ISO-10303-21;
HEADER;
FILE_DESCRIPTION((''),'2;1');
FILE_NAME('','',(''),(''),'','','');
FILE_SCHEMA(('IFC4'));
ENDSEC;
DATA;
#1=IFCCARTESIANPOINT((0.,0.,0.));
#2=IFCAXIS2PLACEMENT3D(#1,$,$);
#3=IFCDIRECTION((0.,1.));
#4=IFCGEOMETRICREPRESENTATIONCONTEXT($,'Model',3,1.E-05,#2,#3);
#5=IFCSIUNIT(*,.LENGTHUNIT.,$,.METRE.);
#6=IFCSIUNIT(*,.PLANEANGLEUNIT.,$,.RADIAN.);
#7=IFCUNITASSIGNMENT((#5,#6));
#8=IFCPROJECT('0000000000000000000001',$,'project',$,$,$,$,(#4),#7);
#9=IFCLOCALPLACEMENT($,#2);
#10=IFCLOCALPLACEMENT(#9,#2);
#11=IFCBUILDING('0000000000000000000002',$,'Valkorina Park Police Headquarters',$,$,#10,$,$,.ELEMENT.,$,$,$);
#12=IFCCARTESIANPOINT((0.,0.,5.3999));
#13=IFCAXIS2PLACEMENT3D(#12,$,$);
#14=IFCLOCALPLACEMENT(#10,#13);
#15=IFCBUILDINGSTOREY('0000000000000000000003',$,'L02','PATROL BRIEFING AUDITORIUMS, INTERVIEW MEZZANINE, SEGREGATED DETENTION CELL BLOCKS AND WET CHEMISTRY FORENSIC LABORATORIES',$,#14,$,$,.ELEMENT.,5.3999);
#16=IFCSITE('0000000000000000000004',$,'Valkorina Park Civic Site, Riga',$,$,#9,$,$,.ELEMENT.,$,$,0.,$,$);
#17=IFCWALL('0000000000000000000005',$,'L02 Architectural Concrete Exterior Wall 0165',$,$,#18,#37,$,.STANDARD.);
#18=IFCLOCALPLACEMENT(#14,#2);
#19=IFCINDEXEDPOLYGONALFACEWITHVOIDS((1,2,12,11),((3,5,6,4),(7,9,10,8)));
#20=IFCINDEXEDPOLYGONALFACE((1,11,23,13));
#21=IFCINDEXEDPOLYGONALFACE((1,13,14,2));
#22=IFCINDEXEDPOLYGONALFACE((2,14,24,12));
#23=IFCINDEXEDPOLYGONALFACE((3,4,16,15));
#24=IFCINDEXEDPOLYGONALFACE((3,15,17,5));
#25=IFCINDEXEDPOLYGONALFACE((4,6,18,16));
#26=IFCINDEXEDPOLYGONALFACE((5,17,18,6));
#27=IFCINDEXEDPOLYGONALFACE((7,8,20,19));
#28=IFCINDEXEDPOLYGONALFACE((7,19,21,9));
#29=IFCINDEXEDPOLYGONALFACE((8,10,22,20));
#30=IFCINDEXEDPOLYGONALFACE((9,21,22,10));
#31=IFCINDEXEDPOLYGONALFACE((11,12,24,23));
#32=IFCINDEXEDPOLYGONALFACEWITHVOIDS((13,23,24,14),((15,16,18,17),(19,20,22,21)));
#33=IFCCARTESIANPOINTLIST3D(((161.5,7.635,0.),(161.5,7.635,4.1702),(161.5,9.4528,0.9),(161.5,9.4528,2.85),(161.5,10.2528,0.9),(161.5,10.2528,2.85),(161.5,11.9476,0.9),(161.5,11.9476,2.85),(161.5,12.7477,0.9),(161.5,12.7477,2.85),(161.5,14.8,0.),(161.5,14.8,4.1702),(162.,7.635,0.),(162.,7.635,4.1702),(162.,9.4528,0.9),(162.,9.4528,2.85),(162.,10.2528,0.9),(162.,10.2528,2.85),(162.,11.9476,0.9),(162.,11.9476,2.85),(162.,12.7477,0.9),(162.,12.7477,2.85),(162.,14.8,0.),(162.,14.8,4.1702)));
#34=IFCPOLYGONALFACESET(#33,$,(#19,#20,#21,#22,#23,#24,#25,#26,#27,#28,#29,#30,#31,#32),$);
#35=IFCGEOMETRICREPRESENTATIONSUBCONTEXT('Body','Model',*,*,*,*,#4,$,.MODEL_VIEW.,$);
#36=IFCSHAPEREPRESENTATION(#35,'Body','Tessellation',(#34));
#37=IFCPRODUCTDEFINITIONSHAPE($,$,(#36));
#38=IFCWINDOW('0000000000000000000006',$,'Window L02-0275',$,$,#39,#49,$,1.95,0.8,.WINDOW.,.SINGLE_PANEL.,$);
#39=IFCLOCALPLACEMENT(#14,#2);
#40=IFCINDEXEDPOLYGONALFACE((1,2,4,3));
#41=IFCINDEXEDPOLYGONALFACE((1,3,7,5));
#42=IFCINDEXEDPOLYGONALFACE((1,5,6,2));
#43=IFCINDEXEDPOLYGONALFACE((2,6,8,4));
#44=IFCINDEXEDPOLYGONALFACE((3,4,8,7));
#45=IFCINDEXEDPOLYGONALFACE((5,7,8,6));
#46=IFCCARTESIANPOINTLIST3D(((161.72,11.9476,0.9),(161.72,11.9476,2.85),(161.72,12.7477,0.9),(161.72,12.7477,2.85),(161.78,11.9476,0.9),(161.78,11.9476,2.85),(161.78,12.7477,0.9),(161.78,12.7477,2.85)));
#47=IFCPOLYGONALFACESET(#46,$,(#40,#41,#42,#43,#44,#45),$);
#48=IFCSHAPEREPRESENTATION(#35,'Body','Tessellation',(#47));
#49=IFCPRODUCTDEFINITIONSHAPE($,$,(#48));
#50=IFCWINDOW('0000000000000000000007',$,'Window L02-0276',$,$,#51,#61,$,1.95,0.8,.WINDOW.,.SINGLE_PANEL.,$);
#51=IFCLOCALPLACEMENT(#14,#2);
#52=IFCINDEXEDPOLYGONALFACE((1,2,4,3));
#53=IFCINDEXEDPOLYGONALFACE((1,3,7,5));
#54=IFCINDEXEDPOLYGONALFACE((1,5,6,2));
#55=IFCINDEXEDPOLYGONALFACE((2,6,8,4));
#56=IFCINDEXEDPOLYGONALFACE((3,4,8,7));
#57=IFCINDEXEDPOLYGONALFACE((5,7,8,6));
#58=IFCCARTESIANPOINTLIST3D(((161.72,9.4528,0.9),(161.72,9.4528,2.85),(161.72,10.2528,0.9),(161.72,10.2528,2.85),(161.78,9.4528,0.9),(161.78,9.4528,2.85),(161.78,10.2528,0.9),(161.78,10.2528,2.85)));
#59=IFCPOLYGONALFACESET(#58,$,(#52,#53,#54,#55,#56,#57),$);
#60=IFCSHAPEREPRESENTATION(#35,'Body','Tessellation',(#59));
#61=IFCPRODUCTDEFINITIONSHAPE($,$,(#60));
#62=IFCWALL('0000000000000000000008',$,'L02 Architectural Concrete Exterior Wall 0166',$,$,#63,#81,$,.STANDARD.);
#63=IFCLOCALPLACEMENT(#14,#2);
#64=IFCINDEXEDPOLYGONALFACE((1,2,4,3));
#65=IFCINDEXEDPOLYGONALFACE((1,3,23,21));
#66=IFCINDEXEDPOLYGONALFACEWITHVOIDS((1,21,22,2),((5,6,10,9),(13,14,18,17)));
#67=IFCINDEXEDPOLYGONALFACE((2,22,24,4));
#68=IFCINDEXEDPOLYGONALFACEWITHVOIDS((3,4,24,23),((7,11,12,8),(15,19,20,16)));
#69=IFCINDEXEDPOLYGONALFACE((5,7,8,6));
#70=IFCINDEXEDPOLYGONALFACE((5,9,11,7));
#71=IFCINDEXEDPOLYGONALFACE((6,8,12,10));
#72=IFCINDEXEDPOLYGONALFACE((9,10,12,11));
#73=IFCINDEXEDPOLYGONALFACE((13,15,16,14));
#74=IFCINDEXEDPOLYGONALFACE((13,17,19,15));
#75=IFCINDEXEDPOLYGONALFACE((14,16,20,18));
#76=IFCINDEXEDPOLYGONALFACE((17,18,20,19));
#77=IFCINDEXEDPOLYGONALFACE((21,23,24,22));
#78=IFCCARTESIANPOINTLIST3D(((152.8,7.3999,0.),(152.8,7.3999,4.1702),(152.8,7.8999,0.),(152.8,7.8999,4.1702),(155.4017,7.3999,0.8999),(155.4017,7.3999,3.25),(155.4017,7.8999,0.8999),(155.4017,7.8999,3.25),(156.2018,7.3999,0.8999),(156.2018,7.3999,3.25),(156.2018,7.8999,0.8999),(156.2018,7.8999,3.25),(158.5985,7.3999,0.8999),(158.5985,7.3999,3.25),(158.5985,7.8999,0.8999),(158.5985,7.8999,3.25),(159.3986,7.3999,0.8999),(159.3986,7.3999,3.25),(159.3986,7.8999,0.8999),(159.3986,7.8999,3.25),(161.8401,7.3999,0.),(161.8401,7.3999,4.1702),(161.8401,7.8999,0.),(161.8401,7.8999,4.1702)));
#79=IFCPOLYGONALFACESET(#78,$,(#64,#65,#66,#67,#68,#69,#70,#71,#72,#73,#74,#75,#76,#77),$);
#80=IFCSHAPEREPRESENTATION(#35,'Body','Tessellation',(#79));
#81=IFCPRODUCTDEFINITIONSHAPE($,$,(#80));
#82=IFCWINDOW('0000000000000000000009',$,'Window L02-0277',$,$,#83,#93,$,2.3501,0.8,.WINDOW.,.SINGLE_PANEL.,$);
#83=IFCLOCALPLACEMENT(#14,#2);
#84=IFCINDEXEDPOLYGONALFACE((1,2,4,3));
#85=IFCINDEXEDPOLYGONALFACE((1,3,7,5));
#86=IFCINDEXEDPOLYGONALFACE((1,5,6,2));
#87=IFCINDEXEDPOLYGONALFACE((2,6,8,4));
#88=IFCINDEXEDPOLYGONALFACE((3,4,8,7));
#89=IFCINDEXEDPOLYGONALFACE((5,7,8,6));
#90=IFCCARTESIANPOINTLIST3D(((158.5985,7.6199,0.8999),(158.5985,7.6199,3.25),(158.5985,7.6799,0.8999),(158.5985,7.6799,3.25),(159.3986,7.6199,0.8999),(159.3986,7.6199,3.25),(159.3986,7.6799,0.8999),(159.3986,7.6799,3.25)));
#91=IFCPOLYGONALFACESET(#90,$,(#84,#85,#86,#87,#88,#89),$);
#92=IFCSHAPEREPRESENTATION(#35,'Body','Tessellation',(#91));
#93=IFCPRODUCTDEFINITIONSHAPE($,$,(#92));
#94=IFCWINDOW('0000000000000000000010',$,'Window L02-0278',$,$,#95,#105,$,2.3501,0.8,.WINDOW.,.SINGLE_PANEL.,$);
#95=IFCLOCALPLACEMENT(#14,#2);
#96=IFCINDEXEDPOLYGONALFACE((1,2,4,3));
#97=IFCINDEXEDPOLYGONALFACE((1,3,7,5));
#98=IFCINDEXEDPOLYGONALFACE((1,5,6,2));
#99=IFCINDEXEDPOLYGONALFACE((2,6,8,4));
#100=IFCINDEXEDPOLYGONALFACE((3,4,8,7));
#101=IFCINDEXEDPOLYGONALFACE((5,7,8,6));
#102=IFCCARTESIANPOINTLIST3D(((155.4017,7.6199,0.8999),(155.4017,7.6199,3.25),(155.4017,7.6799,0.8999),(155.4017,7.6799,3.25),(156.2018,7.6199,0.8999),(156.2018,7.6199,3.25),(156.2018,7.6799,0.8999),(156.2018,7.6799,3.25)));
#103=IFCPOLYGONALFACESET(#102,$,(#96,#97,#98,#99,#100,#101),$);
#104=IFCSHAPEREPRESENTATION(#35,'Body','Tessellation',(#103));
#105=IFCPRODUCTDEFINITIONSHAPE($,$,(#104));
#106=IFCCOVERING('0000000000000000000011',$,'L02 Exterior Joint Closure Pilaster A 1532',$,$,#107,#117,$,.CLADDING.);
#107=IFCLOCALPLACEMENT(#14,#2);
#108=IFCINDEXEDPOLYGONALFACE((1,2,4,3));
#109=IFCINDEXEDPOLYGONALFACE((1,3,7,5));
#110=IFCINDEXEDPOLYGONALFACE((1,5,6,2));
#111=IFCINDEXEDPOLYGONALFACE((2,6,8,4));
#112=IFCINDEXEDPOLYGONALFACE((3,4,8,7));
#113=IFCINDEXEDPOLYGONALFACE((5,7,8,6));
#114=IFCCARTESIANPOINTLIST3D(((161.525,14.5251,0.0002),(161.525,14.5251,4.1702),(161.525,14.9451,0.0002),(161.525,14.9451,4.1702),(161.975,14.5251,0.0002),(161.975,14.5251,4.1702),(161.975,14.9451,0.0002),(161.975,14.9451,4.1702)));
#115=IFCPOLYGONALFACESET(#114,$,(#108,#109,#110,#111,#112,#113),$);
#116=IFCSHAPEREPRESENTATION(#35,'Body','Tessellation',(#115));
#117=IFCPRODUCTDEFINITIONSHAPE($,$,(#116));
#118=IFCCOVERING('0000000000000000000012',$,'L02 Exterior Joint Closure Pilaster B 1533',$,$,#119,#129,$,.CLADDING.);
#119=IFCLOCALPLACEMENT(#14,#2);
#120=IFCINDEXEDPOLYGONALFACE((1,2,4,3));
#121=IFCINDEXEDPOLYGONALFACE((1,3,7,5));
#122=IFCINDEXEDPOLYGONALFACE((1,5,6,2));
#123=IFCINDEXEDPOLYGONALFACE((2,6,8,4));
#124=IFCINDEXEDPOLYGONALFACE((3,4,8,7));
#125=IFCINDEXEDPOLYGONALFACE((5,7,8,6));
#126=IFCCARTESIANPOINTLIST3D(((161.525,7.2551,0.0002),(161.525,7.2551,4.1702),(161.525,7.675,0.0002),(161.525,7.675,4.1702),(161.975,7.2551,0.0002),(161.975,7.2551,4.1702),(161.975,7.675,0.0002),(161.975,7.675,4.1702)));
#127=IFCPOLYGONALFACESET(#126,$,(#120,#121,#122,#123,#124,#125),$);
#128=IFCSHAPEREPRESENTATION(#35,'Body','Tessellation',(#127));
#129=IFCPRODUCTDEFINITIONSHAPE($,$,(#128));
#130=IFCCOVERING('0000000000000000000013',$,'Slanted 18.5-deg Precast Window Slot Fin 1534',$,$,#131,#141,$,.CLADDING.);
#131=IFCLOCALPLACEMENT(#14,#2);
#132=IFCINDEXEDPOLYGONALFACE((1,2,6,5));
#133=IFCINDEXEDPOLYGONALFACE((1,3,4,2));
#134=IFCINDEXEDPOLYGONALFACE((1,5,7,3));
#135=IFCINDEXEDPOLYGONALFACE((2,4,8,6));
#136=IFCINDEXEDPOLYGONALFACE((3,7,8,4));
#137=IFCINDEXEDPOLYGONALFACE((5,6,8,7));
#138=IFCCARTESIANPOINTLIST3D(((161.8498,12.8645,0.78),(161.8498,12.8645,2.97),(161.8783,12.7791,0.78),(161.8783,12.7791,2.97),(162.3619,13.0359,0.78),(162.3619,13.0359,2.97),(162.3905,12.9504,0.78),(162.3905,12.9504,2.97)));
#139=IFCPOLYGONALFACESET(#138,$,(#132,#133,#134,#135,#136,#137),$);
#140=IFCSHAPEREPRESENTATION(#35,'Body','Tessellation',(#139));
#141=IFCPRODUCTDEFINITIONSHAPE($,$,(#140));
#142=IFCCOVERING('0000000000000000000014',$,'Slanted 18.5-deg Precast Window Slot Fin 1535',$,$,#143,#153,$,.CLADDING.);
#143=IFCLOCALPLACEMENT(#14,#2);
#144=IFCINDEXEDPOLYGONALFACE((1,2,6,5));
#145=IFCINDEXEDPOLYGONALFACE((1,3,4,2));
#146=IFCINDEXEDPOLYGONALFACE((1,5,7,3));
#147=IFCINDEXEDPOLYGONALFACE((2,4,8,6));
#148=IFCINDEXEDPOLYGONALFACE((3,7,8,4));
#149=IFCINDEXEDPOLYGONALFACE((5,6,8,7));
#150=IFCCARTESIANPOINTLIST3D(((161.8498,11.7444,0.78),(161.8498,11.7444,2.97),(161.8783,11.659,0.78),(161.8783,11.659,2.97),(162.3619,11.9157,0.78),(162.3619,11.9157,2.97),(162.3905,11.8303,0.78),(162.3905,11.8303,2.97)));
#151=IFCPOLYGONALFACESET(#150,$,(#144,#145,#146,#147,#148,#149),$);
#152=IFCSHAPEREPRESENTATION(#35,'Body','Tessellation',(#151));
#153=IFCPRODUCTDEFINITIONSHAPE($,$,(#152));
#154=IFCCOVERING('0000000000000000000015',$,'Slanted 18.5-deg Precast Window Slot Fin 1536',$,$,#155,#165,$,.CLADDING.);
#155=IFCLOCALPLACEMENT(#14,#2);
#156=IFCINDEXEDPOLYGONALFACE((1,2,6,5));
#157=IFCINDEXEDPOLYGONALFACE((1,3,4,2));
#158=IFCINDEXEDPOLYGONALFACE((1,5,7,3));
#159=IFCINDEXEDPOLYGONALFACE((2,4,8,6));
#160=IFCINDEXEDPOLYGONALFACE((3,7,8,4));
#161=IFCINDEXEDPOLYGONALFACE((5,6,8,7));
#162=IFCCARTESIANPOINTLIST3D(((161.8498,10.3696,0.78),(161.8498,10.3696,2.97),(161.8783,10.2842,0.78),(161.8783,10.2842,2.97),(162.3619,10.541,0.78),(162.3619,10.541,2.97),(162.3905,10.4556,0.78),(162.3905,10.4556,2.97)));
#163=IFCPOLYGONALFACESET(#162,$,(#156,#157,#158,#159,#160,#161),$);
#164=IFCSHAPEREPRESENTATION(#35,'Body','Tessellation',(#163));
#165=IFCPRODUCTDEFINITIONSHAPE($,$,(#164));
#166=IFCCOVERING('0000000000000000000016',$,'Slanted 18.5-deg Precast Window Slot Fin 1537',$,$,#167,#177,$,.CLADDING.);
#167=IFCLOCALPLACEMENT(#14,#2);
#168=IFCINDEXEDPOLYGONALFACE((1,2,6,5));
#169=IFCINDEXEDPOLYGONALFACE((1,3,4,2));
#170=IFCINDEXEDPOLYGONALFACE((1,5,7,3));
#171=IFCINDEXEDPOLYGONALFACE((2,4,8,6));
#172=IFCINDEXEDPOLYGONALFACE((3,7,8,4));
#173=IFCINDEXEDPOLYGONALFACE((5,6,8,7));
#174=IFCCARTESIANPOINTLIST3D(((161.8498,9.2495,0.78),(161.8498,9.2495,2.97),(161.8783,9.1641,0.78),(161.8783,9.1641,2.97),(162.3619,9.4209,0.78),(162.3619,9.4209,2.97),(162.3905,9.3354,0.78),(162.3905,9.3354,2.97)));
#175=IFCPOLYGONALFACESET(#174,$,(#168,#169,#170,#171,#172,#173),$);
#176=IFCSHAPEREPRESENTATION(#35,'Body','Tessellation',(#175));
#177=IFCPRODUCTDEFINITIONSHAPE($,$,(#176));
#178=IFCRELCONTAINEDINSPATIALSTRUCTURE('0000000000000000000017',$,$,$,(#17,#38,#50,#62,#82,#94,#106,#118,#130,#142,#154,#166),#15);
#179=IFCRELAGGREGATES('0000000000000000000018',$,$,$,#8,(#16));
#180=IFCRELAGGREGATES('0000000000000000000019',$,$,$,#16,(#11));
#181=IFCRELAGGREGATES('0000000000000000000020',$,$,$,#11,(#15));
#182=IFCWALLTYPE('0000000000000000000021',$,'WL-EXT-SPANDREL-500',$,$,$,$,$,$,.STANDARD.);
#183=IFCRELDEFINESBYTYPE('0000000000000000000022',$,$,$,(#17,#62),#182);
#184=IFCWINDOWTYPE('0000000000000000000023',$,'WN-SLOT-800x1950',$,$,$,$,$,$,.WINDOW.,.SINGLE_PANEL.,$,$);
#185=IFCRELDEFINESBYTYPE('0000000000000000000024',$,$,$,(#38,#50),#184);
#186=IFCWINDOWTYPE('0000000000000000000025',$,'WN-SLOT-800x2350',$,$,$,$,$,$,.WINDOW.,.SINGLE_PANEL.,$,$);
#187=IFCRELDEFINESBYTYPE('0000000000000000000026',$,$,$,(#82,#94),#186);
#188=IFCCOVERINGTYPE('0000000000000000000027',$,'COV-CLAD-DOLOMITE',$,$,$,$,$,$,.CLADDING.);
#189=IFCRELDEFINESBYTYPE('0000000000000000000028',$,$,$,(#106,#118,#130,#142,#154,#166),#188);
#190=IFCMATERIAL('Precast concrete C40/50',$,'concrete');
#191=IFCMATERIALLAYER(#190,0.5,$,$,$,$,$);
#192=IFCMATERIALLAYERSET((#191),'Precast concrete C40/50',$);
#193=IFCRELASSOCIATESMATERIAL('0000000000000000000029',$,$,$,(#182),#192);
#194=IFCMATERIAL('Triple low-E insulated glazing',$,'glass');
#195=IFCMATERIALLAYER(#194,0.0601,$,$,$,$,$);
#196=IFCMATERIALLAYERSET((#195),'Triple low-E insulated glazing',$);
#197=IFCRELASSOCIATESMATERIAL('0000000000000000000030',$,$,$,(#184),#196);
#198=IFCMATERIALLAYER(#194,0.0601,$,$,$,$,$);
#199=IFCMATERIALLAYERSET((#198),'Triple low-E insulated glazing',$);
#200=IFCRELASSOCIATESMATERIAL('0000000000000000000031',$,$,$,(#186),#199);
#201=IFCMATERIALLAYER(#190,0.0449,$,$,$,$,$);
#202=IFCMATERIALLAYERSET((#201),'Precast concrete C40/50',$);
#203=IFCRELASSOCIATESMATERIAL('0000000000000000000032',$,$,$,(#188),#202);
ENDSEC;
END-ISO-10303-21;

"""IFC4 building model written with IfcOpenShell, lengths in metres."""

from ifc_helpers import new_model, si_unit, direction, frame, frame_2d, origin, origin_2d, place, context, subcontext, project, spatial, rectangle, extrude, material, layer, layer_set, type_object, element, fill, save


model = new_model("IFC4")

# Units and contexts
model_context = context("Model", 3, precision=1e-05, world=origin(), true_north=direction((0.0, 1.0)))
body_context = subcontext(model_context, "Body", "Model", "MODEL_VIEW")
ifc_project = project(units=[si_unit("LENGTHUNIT", "METRE"), si_unit("PLANEANGLEUNIT", "RADIAN")], contexts=[model_context])

# Site, building, storey
site_placement = place(None, origin())
site = spatial("IfcSite", under=ifc_project, at=site_placement, Name="Valkorina Park Civic Site, Riga", CompositionType="ELEMENT", RefElevation=0.0)
building_placement = place(site_placement, origin())
building = spatial("IfcBuilding", under=site, at=building_placement, Name="Valkorina Park Police Headquarters", CompositionType="ELEMENT")
storey_placement = place(building_placement, frame((0.0, 0.0, 5.3999)))
storey = spatial("IfcBuildingStorey", under=building, at=storey_placement, Name="L02", Description="PATROL BRIEFING AUDITORIUMS, INTERVIEW MEZZANINE, SEGREGATED DETENTION CELL BLOCKS AND WET CHEMISTRY FORENSIC LABORATORIES", CompositionType="ELEMENT", Elevation=5.3999)

# Walls, openings, windows
ifc_material_1 = material(Name="Precast concrete C40/50", Category="concrete")
ifc_layer_1 = layer(ifc_material_1, 0.5)
ifc_layer_set_1 = layer_set([ifc_layer_1], Name="Precast concrete C40/50")
wall_type = type_object("IfcWallType", Name="WL-EXT-SPANDREL-500", PredefinedType="STANDARD", material=ifc_layer_set_1)
wall_1_placement = place(storey_placement, frame((161.75, 14.8, 0.0), z_axis=(0.0, 0.0, 1.0), x_axis=(0.0, -1.0, 0.0)))
wall_1 = element("IfcWall", 1, at=wall_1_placement, inside=storey, type_object=wall_type, Name="L02 Architectural Concrete Exterior Wall 0165", PredefinedType="STANDARD", context=body_context, shape_type="SweptSolid", body=[
    extrude(rectangle(XDim=7.165, YDim=0.5, at=frame_2d((3.5825, 0.0))), origin(), (0.0, 0.0, 1.0), 4.1702),
])
opening_1_placement = place(wall_1_placement, frame((2.0525, 0.0, 0.8999)))
opening_1 = element("IfcOpeningElement", 2, at=opening_1_placement, cuts=wall_1, PredefinedType="OPENING", context=body_context, shape_type="SweptSolid", body=[
    extrude(rectangle(XDim=0.8, YDim=1.95, at=frame_2d((0.3999, 0.9751))), frame((0.0, 0.26, 0.0), z_axis=(0.0, -1.0, 0.0), x_axis=(1.0, 0.0, 0.0)), (0.0, 0.0, 1.0), 0.52),
])
opening_2_placement = place(wall_1_placement, frame((4.5474, 0.0, 0.8999)))
opening_2 = element("IfcOpeningElement", 3, at=opening_2_placement, cuts=wall_1, PredefinedType="OPENING", context=body_context, shape_type="SweptSolid", body=[
    extrude(rectangle(XDim=0.8, YDim=1.95, at=frame_2d((0.3999, 0.9751))), frame((0.0, 0.26, 0.0), z_axis=(0.0, -1.0, 0.0), x_axis=(1.0, 0.0, 0.0)), (0.0, 0.0, 1.0), 0.52),
])
ifc_material_2 = material(Name="Triple low-E insulated glazing", Category="glass")
ifc_layer_2 = layer(ifc_material_2, 0.0601)
ifc_layer_set_2 = layer_set([ifc_layer_2], Name="Triple low-E insulated glazing")
window_type_1 = type_object("IfcWindowType", Name="WN-SLOT-800x1950", PartitioningType="SINGLE_PANEL", PredefinedType="WINDOW", material=ifc_layer_set_2)
window_1_placement = place(opening_1_placement, origin())
window_1 = element("IfcWindow", 4, at=window_1_placement, inside=storey, type_object=window_type_1, Name="Window L02-0275", OverallHeight=1.95, OverallWidth=0.8, PartitioningType="SINGLE_PANEL", PredefinedType="WINDOW", context=body_context, shape_type="SweptSolid", body=[
    extrude(rectangle(XDim=0.8, YDim=1.95, at=frame_2d((0.3999, 0.9751))), frame((0.0, 0.03, 0.0), z_axis=(0.0, -1.0, 0.0), x_axis=(1.0, 0.0, 0.0)), (0.0, 0.0, 1.0), 0.0601),
])
fill(opening_1, window_1)
window_2_placement = place(opening_2_placement, origin())
window_2 = element("IfcWindow", 5, at=window_2_placement, inside=storey, type_object=window_type_1, Name="Window L02-0276", OverallHeight=1.95, OverallWidth=0.8, PartitioningType="SINGLE_PANEL", PredefinedType="WINDOW", context=body_context, shape_type="SweptSolid", body=[
    extrude(rectangle(XDim=0.8, YDim=1.95, at=frame_2d((0.3999, 0.9751))), frame((0.0, 0.03, 0.0), z_axis=(0.0, -1.0, 0.0), x_axis=(1.0, 0.0, 0.0)), (0.0, 0.0, 1.0), 0.0601),
])
fill(opening_2, window_2)
wall_2_placement = place(storey_placement, frame((161.8401, 7.6499, 0.0), z_axis=(0.0, 0.0, 1.0), x_axis=(-1.0, 0.0, 0.0)))
wall_2 = element("IfcWall", 6, at=wall_2_placement, inside=storey, type_object=wall_type, Name="L02 Architectural Concrete Exterior Wall 0166", PredefinedType="STANDARD", context=body_context, shape_type="SweptSolid", body=[
    extrude(rectangle(XDim=9.04, YDim=0.5, at=frame_2d((4.52, 0.0))), origin(), (0.0, 0.0, 1.0), 4.1702),
])
opening_3_placement = place(wall_2_placement, frame((2.4417, 0.0, 0.8999)))
opening_3 = element("IfcOpeningElement", 7, at=opening_3_placement, cuts=wall_2, PredefinedType="OPENING", context=body_context, shape_type="SweptSolid", body=[
    extrude(rectangle(XDim=0.8, YDim=2.3501, at=frame_2d((0.3999, 1.175))), frame((0.0, 0.26, 0.0), z_axis=(0.0, -1.0, 0.0), x_axis=(1.0, 0.0, 0.0)), (0.0, 0.0, 1.0), 0.52),
])
opening_4_placement = place(wall_2_placement, frame((5.6384, 0.0, 0.8999)))
opening_4 = element("IfcOpeningElement", 8, at=opening_4_placement, cuts=wall_2, PredefinedType="OPENING", context=body_context, shape_type="SweptSolid", body=[
    extrude(rectangle(XDim=0.8, YDim=2.3501, at=frame_2d((0.3999, 1.175))), frame((0.0, 0.26, 0.0), z_axis=(0.0, -1.0, 0.0), x_axis=(1.0, 0.0, 0.0)), (0.0, 0.0, 1.0), 0.52),
])
ifc_layer_3 = layer(ifc_material_2, 0.0601)
ifc_layer_set_3 = layer_set([ifc_layer_3], Name="Triple low-E insulated glazing")
window_type_2 = type_object("IfcWindowType", Name="WN-SLOT-800x2350", PartitioningType="SINGLE_PANEL", PredefinedType="WINDOW", material=ifc_layer_set_3)
window_3_placement = place(opening_3_placement, origin())
window_3 = element("IfcWindow", 9, at=window_3_placement, inside=storey, type_object=window_type_2, Name="Window L02-0277", OverallHeight=2.3501, OverallWidth=0.8, PartitioningType="SINGLE_PANEL", PredefinedType="WINDOW", context=body_context, shape_type="SweptSolid", body=[
    extrude(rectangle(XDim=0.8, YDim=2.3501, at=frame_2d((0.3999, 1.175))), frame((0.0, 0.03, 0.0), z_axis=(0.0, -1.0, 0.0), x_axis=(1.0, 0.0, 0.0)), (0.0, 0.0, 1.0), 0.0601),
])
fill(opening_3, window_3)
window_4_placement = place(opening_4_placement, origin())
window_4 = element("IfcWindow", 10, at=window_4_placement, inside=storey, type_object=window_type_2, Name="Window L02-0278", OverallHeight=2.3501, OverallWidth=0.8, PartitioningType="SINGLE_PANEL", PredefinedType="WINDOW", context=body_context, shape_type="SweptSolid", body=[
    extrude(rectangle(XDim=0.8, YDim=2.3501, at=frame_2d((0.3999, 1.175))), frame((0.0, 0.03, 0.0), z_axis=(0.0, -1.0, 0.0), x_axis=(1.0, 0.0, 0.0)), (0.0, 0.0, 1.0), 0.0601),
])
fill(opening_4, window_4)

# Coverings
ifc_layer_4 = layer(ifc_material_1, 0.0449)
ifc_layer_set_4 = layer_set([ifc_layer_4], Name="Precast concrete C40/50")
covering_type = type_object("IfcCoveringType", Name="COV-CLAD-DOLOMITE", PredefinedType="CLADDING", material=ifc_layer_set_4)
for number, where, z_axis, x_axis, name in (
    (11, (161.75, 14.7351, 0.0002), (0.0, 0.0, 1.0), (0.0, 1.0, 0.0), "L02 Exterior Joint Closure Pilaster A 1532"),
    (12, (161.75, 7.4651, 0.0002), (0.0, 0.0, 1.0), (0.0, 1.0, 0.0), "L02 Exterior Joint Closure Pilaster B 1533"),
):
    element("IfcCovering", number, at=place(storey_placement, frame(where, z_axis=z_axis, x_axis=x_axis)), inside=storey, type_object=covering_type, Name=name, PredefinedType="CLADDING", context=body_context, shape_type="SweptSolid", body=[
        extrude(rectangle(XDim=0.4199, YDim=0.45, at=origin_2d()), origin(), (0.0, 0.0, 1.0), 4.1699),
    ])
for number, where, z_axis, x_axis, name in (
    (13, (162.1201, 12.9075, 0.78), (0.0, 0.0, 1.0), (0.948324, 0.317305, 0.0), "Slanted 18.5-deg Precast Window Slot Fin 1534"),
    (14, (162.1201, 11.7874, 0.78), (0.0, 0.0, 1.0), (0.948324, 0.317305, 0.0), "Slanted 18.5-deg Precast Window Slot Fin 1535"),
    (15, (162.1201, 10.4126, 0.78), (0.0, 0.0, 1.0), (0.948324, 0.317305, 0.0), "Slanted 18.5-deg Precast Window Slot Fin 1536"),
    (16, (162.1201, 9.2925, 0.78), (0.0, 0.0, 1.0), (0.948324, 0.317305, 0.0), "Slanted 18.5-deg Precast Window Slot Fin 1537"),
):
    element("IfcCovering", number, at=place(storey_placement, frame(where, z_axis=z_axis, x_axis=x_axis)), inside=storey, type_object=covering_type, Name=name, PredefinedType="CLADDING", context=body_context, shape_type="SweptSolid", body=[
        extrude(rectangle(XDim=0.54, YDim=0.0901, at=origin_2d()), origin(), (0.0, 0.0, 1.0), 2.1899),
    ])

save(model, "model.ifc")
